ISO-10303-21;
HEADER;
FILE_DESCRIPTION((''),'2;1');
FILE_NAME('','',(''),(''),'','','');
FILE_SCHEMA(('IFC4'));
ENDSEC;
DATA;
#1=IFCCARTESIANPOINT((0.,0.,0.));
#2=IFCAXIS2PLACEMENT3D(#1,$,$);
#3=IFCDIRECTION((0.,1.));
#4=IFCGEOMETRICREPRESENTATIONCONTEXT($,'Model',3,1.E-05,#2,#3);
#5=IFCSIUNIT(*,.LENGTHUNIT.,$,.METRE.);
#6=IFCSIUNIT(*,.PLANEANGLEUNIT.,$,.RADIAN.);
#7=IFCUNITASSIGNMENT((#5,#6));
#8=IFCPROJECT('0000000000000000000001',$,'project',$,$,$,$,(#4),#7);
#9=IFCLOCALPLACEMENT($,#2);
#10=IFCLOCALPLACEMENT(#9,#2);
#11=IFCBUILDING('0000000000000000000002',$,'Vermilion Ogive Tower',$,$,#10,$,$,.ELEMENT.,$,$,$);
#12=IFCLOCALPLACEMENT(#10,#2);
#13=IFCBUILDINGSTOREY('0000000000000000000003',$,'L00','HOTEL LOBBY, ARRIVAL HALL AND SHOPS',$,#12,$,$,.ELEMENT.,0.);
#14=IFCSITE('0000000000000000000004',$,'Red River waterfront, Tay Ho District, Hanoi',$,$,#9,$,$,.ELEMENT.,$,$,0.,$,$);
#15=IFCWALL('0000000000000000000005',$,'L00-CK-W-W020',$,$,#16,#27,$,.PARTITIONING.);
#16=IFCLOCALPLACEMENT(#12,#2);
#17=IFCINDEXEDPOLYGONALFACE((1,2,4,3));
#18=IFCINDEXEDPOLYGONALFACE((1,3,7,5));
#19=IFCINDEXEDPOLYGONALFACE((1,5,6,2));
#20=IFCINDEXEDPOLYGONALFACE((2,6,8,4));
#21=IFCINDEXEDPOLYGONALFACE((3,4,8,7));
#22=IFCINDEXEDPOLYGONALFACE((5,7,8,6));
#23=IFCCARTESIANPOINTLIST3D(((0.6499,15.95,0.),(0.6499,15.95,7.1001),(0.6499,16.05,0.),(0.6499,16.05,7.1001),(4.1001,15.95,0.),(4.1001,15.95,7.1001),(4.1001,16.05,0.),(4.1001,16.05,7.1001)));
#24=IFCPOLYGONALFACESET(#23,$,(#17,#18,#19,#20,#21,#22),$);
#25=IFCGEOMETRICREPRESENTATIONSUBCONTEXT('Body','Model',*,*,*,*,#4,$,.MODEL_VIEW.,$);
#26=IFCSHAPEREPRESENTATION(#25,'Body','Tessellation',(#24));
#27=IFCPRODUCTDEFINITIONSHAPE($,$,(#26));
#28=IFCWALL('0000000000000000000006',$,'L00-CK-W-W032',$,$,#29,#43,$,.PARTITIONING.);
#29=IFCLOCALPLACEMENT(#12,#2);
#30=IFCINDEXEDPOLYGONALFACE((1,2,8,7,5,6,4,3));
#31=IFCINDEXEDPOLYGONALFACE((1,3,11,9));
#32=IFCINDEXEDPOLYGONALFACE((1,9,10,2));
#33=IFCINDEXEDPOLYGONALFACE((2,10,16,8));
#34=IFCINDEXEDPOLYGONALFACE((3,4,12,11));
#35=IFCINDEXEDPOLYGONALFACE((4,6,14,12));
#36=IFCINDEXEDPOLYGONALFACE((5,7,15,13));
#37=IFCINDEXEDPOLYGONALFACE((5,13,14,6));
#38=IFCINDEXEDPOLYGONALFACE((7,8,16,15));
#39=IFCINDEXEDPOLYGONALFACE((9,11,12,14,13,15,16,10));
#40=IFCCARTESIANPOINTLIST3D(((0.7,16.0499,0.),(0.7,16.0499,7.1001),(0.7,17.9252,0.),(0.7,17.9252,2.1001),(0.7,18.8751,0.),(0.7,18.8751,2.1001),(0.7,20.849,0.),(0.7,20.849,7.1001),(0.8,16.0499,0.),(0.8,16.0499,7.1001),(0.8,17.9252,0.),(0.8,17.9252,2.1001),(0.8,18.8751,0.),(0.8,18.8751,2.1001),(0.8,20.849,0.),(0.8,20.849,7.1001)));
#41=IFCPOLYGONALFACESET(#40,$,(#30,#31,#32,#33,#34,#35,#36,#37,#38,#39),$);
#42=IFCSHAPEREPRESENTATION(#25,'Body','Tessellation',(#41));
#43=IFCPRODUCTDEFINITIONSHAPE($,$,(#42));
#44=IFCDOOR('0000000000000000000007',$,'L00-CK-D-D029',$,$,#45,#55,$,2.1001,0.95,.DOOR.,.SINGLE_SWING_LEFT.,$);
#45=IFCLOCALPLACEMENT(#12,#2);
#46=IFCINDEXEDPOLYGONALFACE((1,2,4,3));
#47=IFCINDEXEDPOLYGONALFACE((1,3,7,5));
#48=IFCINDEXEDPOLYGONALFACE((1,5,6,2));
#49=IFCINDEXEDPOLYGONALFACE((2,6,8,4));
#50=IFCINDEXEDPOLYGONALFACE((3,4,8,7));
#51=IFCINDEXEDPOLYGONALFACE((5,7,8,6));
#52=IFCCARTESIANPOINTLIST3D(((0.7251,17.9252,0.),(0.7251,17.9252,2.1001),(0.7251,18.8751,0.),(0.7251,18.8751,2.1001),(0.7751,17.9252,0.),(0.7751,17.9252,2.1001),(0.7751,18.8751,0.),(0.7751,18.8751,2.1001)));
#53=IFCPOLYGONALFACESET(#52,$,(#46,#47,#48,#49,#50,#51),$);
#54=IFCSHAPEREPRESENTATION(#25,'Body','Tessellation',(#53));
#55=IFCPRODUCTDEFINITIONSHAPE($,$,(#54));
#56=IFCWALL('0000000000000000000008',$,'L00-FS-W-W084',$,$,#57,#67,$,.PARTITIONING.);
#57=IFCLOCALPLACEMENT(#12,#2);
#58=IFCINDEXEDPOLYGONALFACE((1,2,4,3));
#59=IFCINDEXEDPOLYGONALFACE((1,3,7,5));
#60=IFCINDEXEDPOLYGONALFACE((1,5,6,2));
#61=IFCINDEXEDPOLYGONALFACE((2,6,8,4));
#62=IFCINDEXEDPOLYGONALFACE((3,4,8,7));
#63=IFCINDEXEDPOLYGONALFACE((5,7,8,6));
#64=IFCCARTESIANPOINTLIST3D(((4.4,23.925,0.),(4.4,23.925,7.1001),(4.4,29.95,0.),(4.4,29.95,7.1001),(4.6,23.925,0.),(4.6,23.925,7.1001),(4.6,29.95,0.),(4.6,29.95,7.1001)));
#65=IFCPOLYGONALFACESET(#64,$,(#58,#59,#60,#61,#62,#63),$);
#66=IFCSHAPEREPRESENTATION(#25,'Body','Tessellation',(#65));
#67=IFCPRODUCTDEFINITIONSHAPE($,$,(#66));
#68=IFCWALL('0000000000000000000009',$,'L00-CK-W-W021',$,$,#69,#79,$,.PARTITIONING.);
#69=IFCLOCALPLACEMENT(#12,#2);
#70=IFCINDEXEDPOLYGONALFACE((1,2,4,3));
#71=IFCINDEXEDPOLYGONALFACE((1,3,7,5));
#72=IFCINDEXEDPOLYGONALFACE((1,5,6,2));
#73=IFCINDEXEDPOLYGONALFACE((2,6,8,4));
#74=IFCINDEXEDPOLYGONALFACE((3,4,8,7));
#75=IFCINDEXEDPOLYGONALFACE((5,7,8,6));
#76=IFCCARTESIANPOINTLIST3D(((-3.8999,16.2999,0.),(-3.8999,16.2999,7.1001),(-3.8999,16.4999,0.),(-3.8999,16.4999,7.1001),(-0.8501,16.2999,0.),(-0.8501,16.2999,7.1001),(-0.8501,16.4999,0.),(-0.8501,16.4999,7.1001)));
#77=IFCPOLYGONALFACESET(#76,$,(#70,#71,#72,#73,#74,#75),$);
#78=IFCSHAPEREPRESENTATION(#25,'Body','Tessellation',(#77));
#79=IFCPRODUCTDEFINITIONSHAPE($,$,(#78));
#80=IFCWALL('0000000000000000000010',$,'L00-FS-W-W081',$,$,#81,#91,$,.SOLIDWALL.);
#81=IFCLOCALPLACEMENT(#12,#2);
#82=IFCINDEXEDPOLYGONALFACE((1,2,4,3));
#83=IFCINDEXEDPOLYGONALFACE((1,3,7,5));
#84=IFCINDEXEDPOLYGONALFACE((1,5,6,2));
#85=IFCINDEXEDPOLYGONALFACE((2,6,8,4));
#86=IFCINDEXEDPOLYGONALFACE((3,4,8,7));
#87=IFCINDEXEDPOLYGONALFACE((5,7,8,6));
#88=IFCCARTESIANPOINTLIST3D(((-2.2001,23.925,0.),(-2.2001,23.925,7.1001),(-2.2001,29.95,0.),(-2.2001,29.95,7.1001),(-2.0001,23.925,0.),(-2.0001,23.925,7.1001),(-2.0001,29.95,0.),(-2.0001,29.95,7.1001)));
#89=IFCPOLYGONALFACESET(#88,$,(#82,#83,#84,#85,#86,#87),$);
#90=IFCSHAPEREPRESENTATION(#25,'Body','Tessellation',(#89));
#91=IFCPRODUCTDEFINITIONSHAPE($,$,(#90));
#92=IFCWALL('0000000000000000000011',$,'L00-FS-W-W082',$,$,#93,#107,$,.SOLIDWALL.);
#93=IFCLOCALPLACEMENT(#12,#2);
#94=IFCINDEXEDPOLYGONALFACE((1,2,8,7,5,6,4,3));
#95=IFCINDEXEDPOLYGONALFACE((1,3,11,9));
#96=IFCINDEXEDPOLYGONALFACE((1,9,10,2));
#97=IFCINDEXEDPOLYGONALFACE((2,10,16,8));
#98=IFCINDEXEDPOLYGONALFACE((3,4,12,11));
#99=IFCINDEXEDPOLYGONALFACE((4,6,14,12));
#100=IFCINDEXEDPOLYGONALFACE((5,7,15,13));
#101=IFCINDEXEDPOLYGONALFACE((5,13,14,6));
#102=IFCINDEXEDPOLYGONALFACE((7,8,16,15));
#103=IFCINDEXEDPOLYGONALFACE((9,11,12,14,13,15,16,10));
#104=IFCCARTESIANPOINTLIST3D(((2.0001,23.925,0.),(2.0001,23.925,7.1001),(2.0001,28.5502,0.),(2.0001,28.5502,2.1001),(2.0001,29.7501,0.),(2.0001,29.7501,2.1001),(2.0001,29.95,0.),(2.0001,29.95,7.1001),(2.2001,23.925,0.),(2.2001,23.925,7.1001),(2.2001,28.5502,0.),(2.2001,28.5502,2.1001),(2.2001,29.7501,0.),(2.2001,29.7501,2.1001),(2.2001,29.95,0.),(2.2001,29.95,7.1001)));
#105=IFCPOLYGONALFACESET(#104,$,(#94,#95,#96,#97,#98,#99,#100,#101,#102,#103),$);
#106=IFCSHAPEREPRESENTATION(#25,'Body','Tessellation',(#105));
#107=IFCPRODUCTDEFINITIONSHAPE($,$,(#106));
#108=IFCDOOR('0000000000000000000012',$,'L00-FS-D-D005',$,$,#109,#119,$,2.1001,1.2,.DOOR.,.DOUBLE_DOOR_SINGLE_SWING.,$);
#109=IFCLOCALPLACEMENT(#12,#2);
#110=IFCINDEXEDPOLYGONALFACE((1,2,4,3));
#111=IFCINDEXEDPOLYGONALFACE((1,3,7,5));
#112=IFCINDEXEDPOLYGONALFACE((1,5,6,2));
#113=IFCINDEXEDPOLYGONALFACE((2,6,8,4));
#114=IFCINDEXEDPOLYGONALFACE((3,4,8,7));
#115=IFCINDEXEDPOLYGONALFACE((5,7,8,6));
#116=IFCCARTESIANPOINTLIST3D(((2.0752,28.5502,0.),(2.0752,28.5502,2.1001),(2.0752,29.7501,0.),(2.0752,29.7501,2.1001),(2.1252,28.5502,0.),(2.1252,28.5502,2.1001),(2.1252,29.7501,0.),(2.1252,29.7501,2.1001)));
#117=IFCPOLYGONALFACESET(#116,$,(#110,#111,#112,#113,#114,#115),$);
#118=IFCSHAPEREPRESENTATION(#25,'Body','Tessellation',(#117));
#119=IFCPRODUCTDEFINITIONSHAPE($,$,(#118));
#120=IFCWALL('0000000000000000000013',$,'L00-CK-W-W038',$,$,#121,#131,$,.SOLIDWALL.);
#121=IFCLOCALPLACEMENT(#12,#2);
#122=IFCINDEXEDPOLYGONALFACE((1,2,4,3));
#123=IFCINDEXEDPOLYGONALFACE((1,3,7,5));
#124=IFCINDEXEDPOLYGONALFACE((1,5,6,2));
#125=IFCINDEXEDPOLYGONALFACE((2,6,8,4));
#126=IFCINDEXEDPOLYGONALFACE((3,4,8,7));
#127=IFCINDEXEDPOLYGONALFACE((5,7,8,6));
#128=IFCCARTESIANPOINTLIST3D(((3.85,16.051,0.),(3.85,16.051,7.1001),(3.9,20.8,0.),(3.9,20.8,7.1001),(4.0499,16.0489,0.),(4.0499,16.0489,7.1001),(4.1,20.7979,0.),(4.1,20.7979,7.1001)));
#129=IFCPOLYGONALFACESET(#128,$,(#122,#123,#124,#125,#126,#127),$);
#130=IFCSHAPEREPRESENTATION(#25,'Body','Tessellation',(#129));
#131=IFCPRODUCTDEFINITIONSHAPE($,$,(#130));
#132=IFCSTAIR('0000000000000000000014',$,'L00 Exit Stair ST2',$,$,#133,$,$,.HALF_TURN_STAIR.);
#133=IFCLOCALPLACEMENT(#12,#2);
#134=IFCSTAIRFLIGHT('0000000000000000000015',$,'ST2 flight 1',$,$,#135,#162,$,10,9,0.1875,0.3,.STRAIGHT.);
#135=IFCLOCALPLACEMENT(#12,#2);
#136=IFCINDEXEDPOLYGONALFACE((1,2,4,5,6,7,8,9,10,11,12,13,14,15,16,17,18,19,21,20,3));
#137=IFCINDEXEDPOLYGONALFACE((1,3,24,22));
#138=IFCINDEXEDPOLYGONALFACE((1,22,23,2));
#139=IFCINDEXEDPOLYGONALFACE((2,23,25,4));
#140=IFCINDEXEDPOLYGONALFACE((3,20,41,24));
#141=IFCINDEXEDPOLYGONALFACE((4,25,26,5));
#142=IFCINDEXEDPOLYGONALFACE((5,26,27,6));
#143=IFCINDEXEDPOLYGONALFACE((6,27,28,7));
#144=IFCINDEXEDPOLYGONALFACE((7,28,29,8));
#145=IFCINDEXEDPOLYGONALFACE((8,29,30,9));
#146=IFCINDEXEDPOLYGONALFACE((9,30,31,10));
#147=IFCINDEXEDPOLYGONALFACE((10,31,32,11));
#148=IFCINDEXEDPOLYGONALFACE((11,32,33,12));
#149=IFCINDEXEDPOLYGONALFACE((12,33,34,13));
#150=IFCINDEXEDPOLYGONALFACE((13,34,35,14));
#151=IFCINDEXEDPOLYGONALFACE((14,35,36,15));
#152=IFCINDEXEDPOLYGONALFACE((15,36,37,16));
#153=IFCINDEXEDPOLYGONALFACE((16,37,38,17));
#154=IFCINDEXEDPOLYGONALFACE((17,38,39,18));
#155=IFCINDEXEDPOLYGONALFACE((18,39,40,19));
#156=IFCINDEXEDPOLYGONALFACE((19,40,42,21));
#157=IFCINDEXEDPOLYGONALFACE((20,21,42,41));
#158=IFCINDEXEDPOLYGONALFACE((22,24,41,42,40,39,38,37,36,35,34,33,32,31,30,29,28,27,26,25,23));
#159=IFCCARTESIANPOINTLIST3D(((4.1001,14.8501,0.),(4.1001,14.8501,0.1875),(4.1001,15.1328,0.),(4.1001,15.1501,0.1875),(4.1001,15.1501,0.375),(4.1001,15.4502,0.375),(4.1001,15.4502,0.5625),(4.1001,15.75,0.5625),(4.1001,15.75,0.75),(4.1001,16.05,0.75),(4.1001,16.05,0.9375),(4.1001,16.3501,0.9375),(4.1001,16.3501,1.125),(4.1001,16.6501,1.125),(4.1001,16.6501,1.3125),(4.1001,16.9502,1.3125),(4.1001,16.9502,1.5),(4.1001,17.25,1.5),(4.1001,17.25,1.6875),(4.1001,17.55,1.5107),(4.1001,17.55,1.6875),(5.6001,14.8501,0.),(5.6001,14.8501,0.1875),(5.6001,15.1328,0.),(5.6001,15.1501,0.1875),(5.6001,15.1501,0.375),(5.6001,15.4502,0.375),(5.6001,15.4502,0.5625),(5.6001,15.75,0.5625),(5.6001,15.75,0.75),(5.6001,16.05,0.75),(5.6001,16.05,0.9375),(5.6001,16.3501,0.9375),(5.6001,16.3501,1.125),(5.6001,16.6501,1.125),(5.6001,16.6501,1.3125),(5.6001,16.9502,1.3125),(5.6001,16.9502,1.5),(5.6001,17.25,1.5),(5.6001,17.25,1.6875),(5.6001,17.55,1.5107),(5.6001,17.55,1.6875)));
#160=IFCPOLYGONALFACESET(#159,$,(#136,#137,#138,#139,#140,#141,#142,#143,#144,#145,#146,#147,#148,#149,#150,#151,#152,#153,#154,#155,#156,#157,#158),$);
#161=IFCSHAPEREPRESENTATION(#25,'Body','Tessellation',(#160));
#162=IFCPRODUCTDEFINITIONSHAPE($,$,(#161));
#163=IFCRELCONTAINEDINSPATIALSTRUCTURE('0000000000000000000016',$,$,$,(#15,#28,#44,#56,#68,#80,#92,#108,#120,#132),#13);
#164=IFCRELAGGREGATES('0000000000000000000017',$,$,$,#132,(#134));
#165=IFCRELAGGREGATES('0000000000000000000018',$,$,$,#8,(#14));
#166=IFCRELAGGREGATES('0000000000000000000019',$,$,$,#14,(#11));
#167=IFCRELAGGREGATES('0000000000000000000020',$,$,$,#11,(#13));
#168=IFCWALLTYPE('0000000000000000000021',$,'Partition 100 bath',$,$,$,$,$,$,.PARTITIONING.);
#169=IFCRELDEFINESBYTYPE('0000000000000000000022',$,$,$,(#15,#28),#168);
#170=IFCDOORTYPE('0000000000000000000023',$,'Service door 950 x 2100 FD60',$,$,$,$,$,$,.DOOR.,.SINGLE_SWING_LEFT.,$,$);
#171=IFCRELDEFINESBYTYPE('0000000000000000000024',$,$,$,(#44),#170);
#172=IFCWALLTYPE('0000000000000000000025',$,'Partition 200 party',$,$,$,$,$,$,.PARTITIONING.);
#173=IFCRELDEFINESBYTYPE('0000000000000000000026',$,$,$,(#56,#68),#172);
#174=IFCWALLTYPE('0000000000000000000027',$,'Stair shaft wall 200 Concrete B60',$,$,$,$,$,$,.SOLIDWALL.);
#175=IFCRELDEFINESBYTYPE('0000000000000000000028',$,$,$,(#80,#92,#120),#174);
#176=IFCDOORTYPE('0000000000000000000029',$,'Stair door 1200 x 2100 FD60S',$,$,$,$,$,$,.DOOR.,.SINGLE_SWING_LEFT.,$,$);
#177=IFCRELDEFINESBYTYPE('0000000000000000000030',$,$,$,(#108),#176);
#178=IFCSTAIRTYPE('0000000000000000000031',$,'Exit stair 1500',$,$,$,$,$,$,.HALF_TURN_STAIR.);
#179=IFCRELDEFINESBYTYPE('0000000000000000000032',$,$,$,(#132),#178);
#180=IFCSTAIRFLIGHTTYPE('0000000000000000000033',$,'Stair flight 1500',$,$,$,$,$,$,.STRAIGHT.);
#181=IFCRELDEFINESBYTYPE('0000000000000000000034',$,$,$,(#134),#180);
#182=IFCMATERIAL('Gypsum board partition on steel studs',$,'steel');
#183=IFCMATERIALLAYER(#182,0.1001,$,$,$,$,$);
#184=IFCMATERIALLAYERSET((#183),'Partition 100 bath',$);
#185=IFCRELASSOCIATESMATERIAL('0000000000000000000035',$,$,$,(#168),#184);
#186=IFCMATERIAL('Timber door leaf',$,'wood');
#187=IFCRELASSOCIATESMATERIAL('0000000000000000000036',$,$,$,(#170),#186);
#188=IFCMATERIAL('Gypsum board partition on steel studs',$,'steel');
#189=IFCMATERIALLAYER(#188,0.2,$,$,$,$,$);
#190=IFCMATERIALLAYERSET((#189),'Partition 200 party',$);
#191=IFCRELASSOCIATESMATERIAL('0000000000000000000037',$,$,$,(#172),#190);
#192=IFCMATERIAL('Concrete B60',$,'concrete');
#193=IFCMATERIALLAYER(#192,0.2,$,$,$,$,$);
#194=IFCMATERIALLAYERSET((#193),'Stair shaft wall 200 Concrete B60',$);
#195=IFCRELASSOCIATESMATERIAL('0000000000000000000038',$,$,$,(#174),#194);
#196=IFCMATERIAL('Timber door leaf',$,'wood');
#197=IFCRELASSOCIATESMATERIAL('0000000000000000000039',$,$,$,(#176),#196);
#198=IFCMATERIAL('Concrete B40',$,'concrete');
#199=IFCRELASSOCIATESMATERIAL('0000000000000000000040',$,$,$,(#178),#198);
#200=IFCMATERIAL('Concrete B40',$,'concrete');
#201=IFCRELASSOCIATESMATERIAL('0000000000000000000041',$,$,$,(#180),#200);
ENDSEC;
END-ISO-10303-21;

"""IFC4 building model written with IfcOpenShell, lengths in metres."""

from ifc_helpers import new_model, si_unit, direction, frame, frame_2d, origin, place, context, subcontext, project, spatial, polyline, rectangle, outline, extrude, material, layer, layer_set, type_object, element, fill, aggregate, save


model = new_model("IFC4")

# Units and contexts
model_context = context("Model", 3, precision=1e-05, world=origin(), true_north=direction((0.0, 1.0)))
body_context = subcontext(model_context, "Body", "Model", "MODEL_VIEW")
ifc_project = project(units=[si_unit("LENGTHUNIT", "METRE"), si_unit("PLANEANGLEUNIT", "RADIAN")], contexts=[model_context])

# Site, building, storey
site_placement = place(None, origin())
site = spatial("IfcSite", under=ifc_project, at=site_placement, Name="Red River waterfront, Tay Ho District, Hanoi", CompositionType="ELEMENT", RefElevation=0.0)
building_placement = place(site_placement, origin())
building = spatial("IfcBuilding", under=site, at=building_placement, Name="Vermilion Ogive Tower", CompositionType="ELEMENT")
storey_placement = place(building_placement, origin())
storey = spatial("IfcBuildingStorey", under=building, at=storey_placement, Name="L00", Description="HOTEL LOBBY, ARRIVAL HALL AND SHOPS", CompositionType="ELEMENT", Elevation=0.0)

# Wall
ifc_material_1 = material(Name="Gypsum board partition on steel studs", Category="steel")
ifc_layer_1 = layer(ifc_material_1, 0.1001)
ifc_layer_set_1 = layer_set([ifc_layer_1], Name="Partition 100 bath")
wall_type_1 = type_object("IfcWallType", Name="Partition 100 bath", PredefinedType="PARTITIONING", material=ifc_layer_set_1)
wall_1_placement = place(storey_placement, frame((0.6499, 16.0, 0.0), z_axis=(0.0, 0.0, 1.0), x_axis=(1.0, 0.0, 0.0)))
element("IfcWall", 1, at=wall_1_placement, inside=storey, type_object=wall_type_1, Name="L00-CK-W-W020", PredefinedType="PARTITIONING", context=body_context, shape_type="SweptSolid", body=[
    extrude(rectangle(XDim=3.4502, YDim=0.1001, at=frame_2d((1.7251, 0.0))), origin(), (0.0, 0.0, 1.0), 7.1001),
])

# Wall, opening, door
wall_2_placement = place(storey_placement, frame((0.75, 16.05, 0.0), z_axis=(0.0, 0.0, 1.0), x_axis=(0.0, 1.0, 0.0)))
wall_2 = element("IfcWall", 2, at=wall_2_placement, inside=storey, type_object=wall_type_1, Name="L00-CK-W-W032", PredefinedType="PARTITIONING", context=body_context, shape_type="SweptSolid", body=[
    extrude(rectangle(XDim=4.7991, YDim=0.1001, at=frame_2d((2.3994, 0.0))), origin(), (0.0, 0.0, 1.0), 7.1001),
])
opening_1_placement = place(wall_2_placement, frame((1.875, 0.0, 0.0)))
opening_1 = element("IfcOpeningElement", 3, at=opening_1_placement, cuts=wall_2, PredefinedType="OPENING", context=body_context, shape_type="SweptSolid", body=[
    extrude(rectangle(XDim=0.95, YDim=2.1001, at=frame_2d((0.4751, 1.05))), frame((0.0, 0.0601, 0.0), z_axis=(0.0, -1.0, 0.0), x_axis=(1.0, 0.0, 0.0)), (0.0, 0.0, 1.0), 0.1201),
])
ifc_material_2 = material(Name="Timber door leaf", Category="wood")
door_type_1 = type_object("IfcDoorType", Name="Service door 950 x 2100 FD60", OperationType="SINGLE_SWING_LEFT", PredefinedType="DOOR", material=ifc_material_2)
door_1_placement = place(opening_1_placement, origin())
door_1 = element("IfcDoor", 4, at=door_1_placement, inside=storey, type_object=door_type_1, Name="L00-CK-D-D029", OperationType="SINGLE_SWING_LEFT", OverallHeight=2.1001, OverallWidth=0.95, PredefinedType="DOOR", context=body_context, shape_type="SweptSolid", body=[
    extrude(rectangle(XDim=0.95, YDim=2.1001, at=frame_2d((0.4751, 1.05))), frame((0.0, 0.0249, 0.0), z_axis=(0.0, -1.0, 0.0), x_axis=(1.0, 0.0, 0.0)), (0.0, 0.0, 1.0), 0.05),
])
fill(opening_1, door_1)

# Walls
ifc_material_3 = material(Name="Gypsum board partition on steel studs", Category="steel")
ifc_layer_2 = layer(ifc_material_3, 0.2)
ifc_layer_set_2 = layer_set([ifc_layer_2], Name="Partition 200 party")
wall_type_2 = type_object("IfcWallType", Name="Partition 200 party", PredefinedType="PARTITIONING", material=ifc_layer_set_2)
wall_3_placement = place(storey_placement, frame((4.5, 23.925, 0.0), z_axis=(0.0, 0.0, 1.0), x_axis=(0.0, 1.0, 0.0)))
element("IfcWall", 5, at=wall_3_placement, inside=storey, type_object=wall_type_2, Name="L00-FS-W-W084", PredefinedType="PARTITIONING", context=body_context, shape_type="SweptSolid", body=[
    extrude(rectangle(XDim=6.0249, YDim=0.2, at=frame_2d((3.0125, 0.0))), origin(), (0.0, 0.0, 1.0), 7.1001),
])
wall_4_placement = place(storey_placement, frame((-3.8999, 16.3999, 0.0), z_axis=(0.0, 0.0, 1.0), x_axis=(1.0, 0.0, 0.0)))
element("IfcWall", 6, at=wall_4_placement, inside=storey, type_object=wall_type_2, Name="L00-CK-W-W021", PredefinedType="PARTITIONING", context=body_context, shape_type="SweptSolid", body=[
    extrude(rectangle(XDim=3.0498, YDim=0.2, at=frame_2d((1.5249, 0.0))), origin(), (0.0, 0.0, 1.0), 7.1001),
])
ifc_material_4 = material(Name="Concrete B60", Category="concrete")
ifc_layer_3 = layer(ifc_material_4, 0.2)
ifc_layer_set_3 = layer_set([ifc_layer_3], Name="Stair shaft wall 200 Concrete B60")
wall_type_3 = type_object("IfcWallType", Name="Stair shaft wall 200 Concrete B60", PredefinedType="SOLIDWALL", material=ifc_layer_set_3)
wall_5_placement = place(storey_placement, frame((-2.1001, 23.925, 0.0), z_axis=(0.0, 0.0, 1.0), x_axis=(0.0, 1.0, 0.0)))
element("IfcWall", 7, at=wall_5_placement, inside=storey, type_object=wall_type_3, Name="L00-FS-W-W081", PredefinedType="SOLIDWALL", context=body_context, shape_type="SweptSolid", body=[
    extrude(rectangle(XDim=6.0249, YDim=0.2, at=frame_2d((3.0125, 0.0))), origin(), (0.0, 0.0, 1.0), 7.1001),
])

# Wall, opening, door
wall_6_placement = place(storey_placement, frame((2.1001, 23.925, 0.0), z_axis=(0.0, 0.0, 1.0), x_axis=(0.0, 1.0, 0.0)))
wall_6 = element("IfcWall", 8, at=wall_6_placement, inside=storey, type_object=wall_type_3, Name="L00-FS-W-W082", PredefinedType="SOLIDWALL", context=body_context, shape_type="SweptSolid", body=[
    extrude(rectangle(XDim=6.0249, YDim=0.2, at=frame_2d((3.0125, 0.0))), origin(), (0.0, 0.0, 1.0), 7.1001),
])
opening_2_placement = place(wall_6_placement, frame((4.625, 0.0, 0.0)))
opening_2 = element("IfcOpeningElement", 9, at=opening_2_placement, cuts=wall_6, PredefinedType="OPENING", context=body_context, shape_type="SweptSolid", body=[
    extrude(rectangle(XDim=1.2, YDim=2.1001, at=frame_2d((0.6001, 1.05))), frame((0.0, 0.1099, 0.0), z_axis=(0.0, -1.0, 0.0), x_axis=(1.0, 0.0, 0.0)), (0.0, 0.0, 1.0), 0.22),
])
ifc_material_5 = material(Name="Timber door leaf", Category="wood")
door_type_2 = type_object("IfcDoorType", Name="Stair door 1200 x 2100 FD60S", OperationType="SINGLE_SWING_LEFT", PredefinedType="DOOR", material=ifc_material_5)
door_2_placement = place(opening_2_placement, origin())
door_2 = element("IfcDoor", 10, at=door_2_placement, inside=storey, type_object=door_type_2, Name="L00-FS-D-D005", OperationType="DOUBLE_DOOR_SINGLE_SWING", OverallHeight=2.1001, OverallWidth=1.2, PredefinedType="DOOR", context=body_context, shape_type="SweptSolid", body=[
    extrude(rectangle(XDim=1.2, YDim=2.1001, at=frame_2d((0.6001, 1.05))), frame((0.0, 0.0249, 0.0), z_axis=(0.0, -1.0, 0.0), x_axis=(1.0, 0.0, 0.0)), (0.0, 0.0, 1.0), 0.05),
])
fill(opening_2, door_2)

# Wall
wall_7_placement = place(storey_placement, frame((3.95, 16.05, 0.0), z_axis=(0.0, 0.0, 1.0), x_axis=(0.010538, 0.999944, 0.0)))
element("IfcWall", 11, at=wall_7_placement, inside=storey, type_object=wall_type_3, Name="L00-CK-W-W038", PredefinedType="SOLIDWALL", context=body_context, shape_type="SweptSolid", body=[
    extrude(rectangle(XDim=4.7493, YDim=0.2, at=frame_2d((2.3745, 0.0))), origin(), (0.0, 0.0, 1.0), 7.1001),
])

# Stair, stair flight
ifc_material_6 = material(Name="Concrete B40", Category="concrete")
stair_type = type_object("IfcStairType", Name="Exit stair 1500", PredefinedType="HALF_TURN_STAIR", material=ifc_material_6)
stair_1_placement = place(storey_placement, origin())
stair_1 = element("IfcStair", 12, at=stair_1_placement, inside=storey, type_object=stair_type, Name="L00 Exit Stair ST2", PredefinedType="HALF_TURN_STAIR")
ifc_material_7 = material(Name="Concrete B40", Category="concrete")
stair_flight_type = type_object("IfcStairFlightType", Name="Stair flight 1500", PredefinedType="STRAIGHT", material=ifc_material_7)
stair_flight_1_placement = place(storey_placement, frame((4.8501, 14.8501, 0.0), z_axis=(0.0, 0.0, 1.0), x_axis=(0.0, 1.0, 0.0)))
stair_flight_1 = element("IfcStairFlight", 13, at=stair_flight_1_placement, type_object=stair_flight_type, Name="ST2 flight 1", NumberOfRisers=10, NumberOfTreads=9, PredefinedType="STRAIGHT", RiserHeight=0.1875, TreadLength=0.3, context=body_context, shape_type="SweptSolid", body=[
    extrude(outline(polyline([(0.0, 0.0), (0.0, 0.1875), (0.3, 0.1875), (0.3, 0.375), (0.6001, 0.375), (0.6001, 0.5625), (0.8999, 0.5625), (0.8999, 0.75), (1.2, 0.75), (1.2, 0.9375), (1.5, 0.9375), (1.5, 1.125), (1.8, 1.125), (1.8, 1.3125), (2.1001, 1.3125), (2.1001, 1.5), (2.3999, 1.5), (2.3999, 1.6875), (2.7, 1.6875), (2.7, 1.875), (2.7, 1.5107), (0.2827, 0.0), (0.0, 0.0)])), frame((0.0, 0.75, 0.0), z_axis=(0.0, -1.0, 0.0), x_axis=(1.0, 0.0, 0.0)), (0.0, 0.0, 1.0), 1.5),
])
aggregate(stair_1, [stair_flight_1])

save(model, "model.ifc")
